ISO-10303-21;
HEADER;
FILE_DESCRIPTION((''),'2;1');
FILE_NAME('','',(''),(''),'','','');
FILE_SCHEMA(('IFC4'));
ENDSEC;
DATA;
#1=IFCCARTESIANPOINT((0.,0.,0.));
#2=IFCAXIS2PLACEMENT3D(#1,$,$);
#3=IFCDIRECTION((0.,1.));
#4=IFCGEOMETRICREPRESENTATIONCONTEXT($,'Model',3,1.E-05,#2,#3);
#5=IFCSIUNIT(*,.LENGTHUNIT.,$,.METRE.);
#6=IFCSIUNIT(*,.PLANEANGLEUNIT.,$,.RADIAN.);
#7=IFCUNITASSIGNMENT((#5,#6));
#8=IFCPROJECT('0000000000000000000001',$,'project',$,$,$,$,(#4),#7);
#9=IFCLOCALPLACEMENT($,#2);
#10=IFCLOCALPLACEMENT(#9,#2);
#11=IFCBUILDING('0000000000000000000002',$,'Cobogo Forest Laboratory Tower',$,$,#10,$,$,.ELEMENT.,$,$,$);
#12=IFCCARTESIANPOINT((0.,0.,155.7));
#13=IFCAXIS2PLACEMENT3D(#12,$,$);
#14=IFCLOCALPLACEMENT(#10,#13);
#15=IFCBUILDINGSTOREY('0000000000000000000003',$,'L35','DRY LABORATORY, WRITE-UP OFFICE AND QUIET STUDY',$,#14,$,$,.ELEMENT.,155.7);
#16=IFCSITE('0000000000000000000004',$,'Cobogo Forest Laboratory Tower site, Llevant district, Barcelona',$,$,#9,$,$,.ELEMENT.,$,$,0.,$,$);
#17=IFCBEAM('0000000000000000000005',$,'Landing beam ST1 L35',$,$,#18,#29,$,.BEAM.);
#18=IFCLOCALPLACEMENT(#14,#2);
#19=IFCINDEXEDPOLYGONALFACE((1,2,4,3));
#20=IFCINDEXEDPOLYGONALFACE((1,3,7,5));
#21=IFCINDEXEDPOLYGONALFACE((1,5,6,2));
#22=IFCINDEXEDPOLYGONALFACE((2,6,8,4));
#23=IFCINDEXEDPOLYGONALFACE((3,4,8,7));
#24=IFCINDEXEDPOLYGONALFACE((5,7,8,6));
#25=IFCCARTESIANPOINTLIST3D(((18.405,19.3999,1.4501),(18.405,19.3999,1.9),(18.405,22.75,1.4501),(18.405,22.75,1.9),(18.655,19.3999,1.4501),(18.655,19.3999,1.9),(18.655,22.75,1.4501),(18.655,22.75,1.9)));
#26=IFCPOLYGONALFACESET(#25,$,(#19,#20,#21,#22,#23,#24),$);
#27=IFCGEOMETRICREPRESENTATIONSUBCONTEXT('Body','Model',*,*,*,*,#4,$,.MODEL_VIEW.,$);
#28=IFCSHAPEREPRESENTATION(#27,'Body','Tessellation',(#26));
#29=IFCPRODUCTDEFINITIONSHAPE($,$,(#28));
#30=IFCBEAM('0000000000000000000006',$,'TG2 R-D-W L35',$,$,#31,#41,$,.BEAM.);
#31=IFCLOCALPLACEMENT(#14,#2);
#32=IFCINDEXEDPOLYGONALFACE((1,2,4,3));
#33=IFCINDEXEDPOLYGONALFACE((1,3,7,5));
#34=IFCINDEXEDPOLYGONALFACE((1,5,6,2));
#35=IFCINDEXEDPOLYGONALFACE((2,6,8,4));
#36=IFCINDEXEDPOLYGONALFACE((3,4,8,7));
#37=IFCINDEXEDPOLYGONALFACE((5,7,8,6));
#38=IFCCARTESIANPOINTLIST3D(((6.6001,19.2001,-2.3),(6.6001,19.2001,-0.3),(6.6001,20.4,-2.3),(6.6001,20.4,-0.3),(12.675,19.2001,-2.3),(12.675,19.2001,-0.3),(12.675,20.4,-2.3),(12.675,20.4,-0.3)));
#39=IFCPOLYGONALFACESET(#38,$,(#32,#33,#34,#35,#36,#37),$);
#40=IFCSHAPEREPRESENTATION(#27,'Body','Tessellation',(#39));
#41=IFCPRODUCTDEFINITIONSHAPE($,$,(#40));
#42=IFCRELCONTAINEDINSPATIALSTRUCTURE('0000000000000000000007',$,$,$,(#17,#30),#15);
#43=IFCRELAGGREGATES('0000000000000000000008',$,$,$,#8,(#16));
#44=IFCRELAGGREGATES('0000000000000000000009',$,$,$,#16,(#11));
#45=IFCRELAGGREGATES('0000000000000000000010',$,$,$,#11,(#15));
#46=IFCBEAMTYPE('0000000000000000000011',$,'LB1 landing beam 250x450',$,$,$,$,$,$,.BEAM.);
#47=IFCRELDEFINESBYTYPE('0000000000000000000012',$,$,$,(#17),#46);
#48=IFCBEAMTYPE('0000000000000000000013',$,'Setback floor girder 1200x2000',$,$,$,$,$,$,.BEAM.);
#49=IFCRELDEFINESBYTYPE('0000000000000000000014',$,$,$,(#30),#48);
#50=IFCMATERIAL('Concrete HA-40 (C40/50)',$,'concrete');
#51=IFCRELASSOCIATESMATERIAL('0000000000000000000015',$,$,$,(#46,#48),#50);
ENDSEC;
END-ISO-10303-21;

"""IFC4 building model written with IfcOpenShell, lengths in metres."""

from ifc_helpers import new_model, si_unit, direction, frame, origin, origin_2d, place, context, subcontext, project, spatial, rectangle, extrude, material, material_profile, profile_set, type_object, element, save


model = new_model("IFC4")

# Units and contexts
model_context = context("Model", 3, precision=1e-05, world=origin(), true_north=direction((0.0, 1.0)))
body_context = subcontext(model_context, "Body", "Model", "MODEL_VIEW")
ifc_project = project(units=[si_unit("LENGTHUNIT", "METRE"), si_unit("PLANEANGLEUNIT", "RADIAN")], contexts=[model_context])

# Site, building, storey
site_placement = place(None, origin())
site = spatial("IfcSite", under=ifc_project, at=site_placement, Name="Cobogo Forest Laboratory Tower site, Llevant district, Barcelona", CompositionType="ELEMENT", RefElevation=0.0)
building_placement = place(site_placement, origin())
building = spatial("IfcBuilding", under=site, at=building_placement, Name="Cobogo Forest Laboratory Tower", CompositionType="ELEMENT")
storey_placement = place(building_placement, frame((0.0, 0.0, 155.7)))
storey = spatial("IfcBuildingStorey", under=building, at=storey_placement, Name="L35", Description="DRY LABORATORY, WRITE-UP OFFICE AND QUIET STUDY", CompositionType="ELEMENT", Elevation=155.7)

# Beams
ifc_material_1 = material(Name="Concrete HA-40 (C40/50)", Category="concrete")
ifc_material_profile_1 = material_profile(ifc_material_1, rectangle(XDim=0.25, YDim=0.45, at=origin_2d()), Name="RC 250x450")
ifc_profile_set_1 = profile_set([ifc_material_profile_1], Name="Concrete HA-40 (C40/50)")
beam_type_1 = type_object("IfcBeamType", Name="LB1 landing beam 250x450", PredefinedType="BEAM", material=ifc_profile_set_1)
beam_1_placement = place(storey_placement, frame((18.53, 19.3999, 1.675), z_axis=(0.0, 1.0, 0.0), x_axis=(-1.0, 0.0, 0.0)))
element("IfcBeam", 1, at=beam_1_placement, inside=storey, type_object=beam_type_1, Name="Landing beam ST1 L35", PredefinedType="BEAM", context=body_context, shape_type="SweptSolid", body=[
    extrude(rectangle(XDim=0.25, YDim=0.45, at=origin_2d()), origin(), (0.0, 0.0, 1.0), 3.3501),
])
ifc_material_profile_2 = material_profile(ifc_material_1, rectangle(XDim=1.2, YDim=2.0, at=origin_2d()), Name="RC 1200x2000")
ifc_profile_set_2 = profile_set([ifc_material_profile_2], Name="Concrete HA-40 (C40/50)")
beam_type_2 = type_object("IfcBeamType", Name="Setback floor girder 1200x2000", PredefinedType="BEAM", material=ifc_profile_set_2)
beam_2_placement = place(storey_placement, frame((12.675, 19.8, -1.3), z_axis=(-1.0, 0.0, 0.0), x_axis=(0.0, -1.0, 0.0)))
element("IfcBeam", 2, at=beam_2_placement, inside=storey, type_object=beam_type_2, Name="TG2 R-D-W L35", PredefinedType="BEAM", context=body_context, shape_type="SweptSolid", body=[
    extrude(rectangle(XDim=1.2, YDim=2.0, at=origin_2d()), origin(), (0.0, 0.0, 1.0), 6.075),
])

save(model, "model.ifc")
